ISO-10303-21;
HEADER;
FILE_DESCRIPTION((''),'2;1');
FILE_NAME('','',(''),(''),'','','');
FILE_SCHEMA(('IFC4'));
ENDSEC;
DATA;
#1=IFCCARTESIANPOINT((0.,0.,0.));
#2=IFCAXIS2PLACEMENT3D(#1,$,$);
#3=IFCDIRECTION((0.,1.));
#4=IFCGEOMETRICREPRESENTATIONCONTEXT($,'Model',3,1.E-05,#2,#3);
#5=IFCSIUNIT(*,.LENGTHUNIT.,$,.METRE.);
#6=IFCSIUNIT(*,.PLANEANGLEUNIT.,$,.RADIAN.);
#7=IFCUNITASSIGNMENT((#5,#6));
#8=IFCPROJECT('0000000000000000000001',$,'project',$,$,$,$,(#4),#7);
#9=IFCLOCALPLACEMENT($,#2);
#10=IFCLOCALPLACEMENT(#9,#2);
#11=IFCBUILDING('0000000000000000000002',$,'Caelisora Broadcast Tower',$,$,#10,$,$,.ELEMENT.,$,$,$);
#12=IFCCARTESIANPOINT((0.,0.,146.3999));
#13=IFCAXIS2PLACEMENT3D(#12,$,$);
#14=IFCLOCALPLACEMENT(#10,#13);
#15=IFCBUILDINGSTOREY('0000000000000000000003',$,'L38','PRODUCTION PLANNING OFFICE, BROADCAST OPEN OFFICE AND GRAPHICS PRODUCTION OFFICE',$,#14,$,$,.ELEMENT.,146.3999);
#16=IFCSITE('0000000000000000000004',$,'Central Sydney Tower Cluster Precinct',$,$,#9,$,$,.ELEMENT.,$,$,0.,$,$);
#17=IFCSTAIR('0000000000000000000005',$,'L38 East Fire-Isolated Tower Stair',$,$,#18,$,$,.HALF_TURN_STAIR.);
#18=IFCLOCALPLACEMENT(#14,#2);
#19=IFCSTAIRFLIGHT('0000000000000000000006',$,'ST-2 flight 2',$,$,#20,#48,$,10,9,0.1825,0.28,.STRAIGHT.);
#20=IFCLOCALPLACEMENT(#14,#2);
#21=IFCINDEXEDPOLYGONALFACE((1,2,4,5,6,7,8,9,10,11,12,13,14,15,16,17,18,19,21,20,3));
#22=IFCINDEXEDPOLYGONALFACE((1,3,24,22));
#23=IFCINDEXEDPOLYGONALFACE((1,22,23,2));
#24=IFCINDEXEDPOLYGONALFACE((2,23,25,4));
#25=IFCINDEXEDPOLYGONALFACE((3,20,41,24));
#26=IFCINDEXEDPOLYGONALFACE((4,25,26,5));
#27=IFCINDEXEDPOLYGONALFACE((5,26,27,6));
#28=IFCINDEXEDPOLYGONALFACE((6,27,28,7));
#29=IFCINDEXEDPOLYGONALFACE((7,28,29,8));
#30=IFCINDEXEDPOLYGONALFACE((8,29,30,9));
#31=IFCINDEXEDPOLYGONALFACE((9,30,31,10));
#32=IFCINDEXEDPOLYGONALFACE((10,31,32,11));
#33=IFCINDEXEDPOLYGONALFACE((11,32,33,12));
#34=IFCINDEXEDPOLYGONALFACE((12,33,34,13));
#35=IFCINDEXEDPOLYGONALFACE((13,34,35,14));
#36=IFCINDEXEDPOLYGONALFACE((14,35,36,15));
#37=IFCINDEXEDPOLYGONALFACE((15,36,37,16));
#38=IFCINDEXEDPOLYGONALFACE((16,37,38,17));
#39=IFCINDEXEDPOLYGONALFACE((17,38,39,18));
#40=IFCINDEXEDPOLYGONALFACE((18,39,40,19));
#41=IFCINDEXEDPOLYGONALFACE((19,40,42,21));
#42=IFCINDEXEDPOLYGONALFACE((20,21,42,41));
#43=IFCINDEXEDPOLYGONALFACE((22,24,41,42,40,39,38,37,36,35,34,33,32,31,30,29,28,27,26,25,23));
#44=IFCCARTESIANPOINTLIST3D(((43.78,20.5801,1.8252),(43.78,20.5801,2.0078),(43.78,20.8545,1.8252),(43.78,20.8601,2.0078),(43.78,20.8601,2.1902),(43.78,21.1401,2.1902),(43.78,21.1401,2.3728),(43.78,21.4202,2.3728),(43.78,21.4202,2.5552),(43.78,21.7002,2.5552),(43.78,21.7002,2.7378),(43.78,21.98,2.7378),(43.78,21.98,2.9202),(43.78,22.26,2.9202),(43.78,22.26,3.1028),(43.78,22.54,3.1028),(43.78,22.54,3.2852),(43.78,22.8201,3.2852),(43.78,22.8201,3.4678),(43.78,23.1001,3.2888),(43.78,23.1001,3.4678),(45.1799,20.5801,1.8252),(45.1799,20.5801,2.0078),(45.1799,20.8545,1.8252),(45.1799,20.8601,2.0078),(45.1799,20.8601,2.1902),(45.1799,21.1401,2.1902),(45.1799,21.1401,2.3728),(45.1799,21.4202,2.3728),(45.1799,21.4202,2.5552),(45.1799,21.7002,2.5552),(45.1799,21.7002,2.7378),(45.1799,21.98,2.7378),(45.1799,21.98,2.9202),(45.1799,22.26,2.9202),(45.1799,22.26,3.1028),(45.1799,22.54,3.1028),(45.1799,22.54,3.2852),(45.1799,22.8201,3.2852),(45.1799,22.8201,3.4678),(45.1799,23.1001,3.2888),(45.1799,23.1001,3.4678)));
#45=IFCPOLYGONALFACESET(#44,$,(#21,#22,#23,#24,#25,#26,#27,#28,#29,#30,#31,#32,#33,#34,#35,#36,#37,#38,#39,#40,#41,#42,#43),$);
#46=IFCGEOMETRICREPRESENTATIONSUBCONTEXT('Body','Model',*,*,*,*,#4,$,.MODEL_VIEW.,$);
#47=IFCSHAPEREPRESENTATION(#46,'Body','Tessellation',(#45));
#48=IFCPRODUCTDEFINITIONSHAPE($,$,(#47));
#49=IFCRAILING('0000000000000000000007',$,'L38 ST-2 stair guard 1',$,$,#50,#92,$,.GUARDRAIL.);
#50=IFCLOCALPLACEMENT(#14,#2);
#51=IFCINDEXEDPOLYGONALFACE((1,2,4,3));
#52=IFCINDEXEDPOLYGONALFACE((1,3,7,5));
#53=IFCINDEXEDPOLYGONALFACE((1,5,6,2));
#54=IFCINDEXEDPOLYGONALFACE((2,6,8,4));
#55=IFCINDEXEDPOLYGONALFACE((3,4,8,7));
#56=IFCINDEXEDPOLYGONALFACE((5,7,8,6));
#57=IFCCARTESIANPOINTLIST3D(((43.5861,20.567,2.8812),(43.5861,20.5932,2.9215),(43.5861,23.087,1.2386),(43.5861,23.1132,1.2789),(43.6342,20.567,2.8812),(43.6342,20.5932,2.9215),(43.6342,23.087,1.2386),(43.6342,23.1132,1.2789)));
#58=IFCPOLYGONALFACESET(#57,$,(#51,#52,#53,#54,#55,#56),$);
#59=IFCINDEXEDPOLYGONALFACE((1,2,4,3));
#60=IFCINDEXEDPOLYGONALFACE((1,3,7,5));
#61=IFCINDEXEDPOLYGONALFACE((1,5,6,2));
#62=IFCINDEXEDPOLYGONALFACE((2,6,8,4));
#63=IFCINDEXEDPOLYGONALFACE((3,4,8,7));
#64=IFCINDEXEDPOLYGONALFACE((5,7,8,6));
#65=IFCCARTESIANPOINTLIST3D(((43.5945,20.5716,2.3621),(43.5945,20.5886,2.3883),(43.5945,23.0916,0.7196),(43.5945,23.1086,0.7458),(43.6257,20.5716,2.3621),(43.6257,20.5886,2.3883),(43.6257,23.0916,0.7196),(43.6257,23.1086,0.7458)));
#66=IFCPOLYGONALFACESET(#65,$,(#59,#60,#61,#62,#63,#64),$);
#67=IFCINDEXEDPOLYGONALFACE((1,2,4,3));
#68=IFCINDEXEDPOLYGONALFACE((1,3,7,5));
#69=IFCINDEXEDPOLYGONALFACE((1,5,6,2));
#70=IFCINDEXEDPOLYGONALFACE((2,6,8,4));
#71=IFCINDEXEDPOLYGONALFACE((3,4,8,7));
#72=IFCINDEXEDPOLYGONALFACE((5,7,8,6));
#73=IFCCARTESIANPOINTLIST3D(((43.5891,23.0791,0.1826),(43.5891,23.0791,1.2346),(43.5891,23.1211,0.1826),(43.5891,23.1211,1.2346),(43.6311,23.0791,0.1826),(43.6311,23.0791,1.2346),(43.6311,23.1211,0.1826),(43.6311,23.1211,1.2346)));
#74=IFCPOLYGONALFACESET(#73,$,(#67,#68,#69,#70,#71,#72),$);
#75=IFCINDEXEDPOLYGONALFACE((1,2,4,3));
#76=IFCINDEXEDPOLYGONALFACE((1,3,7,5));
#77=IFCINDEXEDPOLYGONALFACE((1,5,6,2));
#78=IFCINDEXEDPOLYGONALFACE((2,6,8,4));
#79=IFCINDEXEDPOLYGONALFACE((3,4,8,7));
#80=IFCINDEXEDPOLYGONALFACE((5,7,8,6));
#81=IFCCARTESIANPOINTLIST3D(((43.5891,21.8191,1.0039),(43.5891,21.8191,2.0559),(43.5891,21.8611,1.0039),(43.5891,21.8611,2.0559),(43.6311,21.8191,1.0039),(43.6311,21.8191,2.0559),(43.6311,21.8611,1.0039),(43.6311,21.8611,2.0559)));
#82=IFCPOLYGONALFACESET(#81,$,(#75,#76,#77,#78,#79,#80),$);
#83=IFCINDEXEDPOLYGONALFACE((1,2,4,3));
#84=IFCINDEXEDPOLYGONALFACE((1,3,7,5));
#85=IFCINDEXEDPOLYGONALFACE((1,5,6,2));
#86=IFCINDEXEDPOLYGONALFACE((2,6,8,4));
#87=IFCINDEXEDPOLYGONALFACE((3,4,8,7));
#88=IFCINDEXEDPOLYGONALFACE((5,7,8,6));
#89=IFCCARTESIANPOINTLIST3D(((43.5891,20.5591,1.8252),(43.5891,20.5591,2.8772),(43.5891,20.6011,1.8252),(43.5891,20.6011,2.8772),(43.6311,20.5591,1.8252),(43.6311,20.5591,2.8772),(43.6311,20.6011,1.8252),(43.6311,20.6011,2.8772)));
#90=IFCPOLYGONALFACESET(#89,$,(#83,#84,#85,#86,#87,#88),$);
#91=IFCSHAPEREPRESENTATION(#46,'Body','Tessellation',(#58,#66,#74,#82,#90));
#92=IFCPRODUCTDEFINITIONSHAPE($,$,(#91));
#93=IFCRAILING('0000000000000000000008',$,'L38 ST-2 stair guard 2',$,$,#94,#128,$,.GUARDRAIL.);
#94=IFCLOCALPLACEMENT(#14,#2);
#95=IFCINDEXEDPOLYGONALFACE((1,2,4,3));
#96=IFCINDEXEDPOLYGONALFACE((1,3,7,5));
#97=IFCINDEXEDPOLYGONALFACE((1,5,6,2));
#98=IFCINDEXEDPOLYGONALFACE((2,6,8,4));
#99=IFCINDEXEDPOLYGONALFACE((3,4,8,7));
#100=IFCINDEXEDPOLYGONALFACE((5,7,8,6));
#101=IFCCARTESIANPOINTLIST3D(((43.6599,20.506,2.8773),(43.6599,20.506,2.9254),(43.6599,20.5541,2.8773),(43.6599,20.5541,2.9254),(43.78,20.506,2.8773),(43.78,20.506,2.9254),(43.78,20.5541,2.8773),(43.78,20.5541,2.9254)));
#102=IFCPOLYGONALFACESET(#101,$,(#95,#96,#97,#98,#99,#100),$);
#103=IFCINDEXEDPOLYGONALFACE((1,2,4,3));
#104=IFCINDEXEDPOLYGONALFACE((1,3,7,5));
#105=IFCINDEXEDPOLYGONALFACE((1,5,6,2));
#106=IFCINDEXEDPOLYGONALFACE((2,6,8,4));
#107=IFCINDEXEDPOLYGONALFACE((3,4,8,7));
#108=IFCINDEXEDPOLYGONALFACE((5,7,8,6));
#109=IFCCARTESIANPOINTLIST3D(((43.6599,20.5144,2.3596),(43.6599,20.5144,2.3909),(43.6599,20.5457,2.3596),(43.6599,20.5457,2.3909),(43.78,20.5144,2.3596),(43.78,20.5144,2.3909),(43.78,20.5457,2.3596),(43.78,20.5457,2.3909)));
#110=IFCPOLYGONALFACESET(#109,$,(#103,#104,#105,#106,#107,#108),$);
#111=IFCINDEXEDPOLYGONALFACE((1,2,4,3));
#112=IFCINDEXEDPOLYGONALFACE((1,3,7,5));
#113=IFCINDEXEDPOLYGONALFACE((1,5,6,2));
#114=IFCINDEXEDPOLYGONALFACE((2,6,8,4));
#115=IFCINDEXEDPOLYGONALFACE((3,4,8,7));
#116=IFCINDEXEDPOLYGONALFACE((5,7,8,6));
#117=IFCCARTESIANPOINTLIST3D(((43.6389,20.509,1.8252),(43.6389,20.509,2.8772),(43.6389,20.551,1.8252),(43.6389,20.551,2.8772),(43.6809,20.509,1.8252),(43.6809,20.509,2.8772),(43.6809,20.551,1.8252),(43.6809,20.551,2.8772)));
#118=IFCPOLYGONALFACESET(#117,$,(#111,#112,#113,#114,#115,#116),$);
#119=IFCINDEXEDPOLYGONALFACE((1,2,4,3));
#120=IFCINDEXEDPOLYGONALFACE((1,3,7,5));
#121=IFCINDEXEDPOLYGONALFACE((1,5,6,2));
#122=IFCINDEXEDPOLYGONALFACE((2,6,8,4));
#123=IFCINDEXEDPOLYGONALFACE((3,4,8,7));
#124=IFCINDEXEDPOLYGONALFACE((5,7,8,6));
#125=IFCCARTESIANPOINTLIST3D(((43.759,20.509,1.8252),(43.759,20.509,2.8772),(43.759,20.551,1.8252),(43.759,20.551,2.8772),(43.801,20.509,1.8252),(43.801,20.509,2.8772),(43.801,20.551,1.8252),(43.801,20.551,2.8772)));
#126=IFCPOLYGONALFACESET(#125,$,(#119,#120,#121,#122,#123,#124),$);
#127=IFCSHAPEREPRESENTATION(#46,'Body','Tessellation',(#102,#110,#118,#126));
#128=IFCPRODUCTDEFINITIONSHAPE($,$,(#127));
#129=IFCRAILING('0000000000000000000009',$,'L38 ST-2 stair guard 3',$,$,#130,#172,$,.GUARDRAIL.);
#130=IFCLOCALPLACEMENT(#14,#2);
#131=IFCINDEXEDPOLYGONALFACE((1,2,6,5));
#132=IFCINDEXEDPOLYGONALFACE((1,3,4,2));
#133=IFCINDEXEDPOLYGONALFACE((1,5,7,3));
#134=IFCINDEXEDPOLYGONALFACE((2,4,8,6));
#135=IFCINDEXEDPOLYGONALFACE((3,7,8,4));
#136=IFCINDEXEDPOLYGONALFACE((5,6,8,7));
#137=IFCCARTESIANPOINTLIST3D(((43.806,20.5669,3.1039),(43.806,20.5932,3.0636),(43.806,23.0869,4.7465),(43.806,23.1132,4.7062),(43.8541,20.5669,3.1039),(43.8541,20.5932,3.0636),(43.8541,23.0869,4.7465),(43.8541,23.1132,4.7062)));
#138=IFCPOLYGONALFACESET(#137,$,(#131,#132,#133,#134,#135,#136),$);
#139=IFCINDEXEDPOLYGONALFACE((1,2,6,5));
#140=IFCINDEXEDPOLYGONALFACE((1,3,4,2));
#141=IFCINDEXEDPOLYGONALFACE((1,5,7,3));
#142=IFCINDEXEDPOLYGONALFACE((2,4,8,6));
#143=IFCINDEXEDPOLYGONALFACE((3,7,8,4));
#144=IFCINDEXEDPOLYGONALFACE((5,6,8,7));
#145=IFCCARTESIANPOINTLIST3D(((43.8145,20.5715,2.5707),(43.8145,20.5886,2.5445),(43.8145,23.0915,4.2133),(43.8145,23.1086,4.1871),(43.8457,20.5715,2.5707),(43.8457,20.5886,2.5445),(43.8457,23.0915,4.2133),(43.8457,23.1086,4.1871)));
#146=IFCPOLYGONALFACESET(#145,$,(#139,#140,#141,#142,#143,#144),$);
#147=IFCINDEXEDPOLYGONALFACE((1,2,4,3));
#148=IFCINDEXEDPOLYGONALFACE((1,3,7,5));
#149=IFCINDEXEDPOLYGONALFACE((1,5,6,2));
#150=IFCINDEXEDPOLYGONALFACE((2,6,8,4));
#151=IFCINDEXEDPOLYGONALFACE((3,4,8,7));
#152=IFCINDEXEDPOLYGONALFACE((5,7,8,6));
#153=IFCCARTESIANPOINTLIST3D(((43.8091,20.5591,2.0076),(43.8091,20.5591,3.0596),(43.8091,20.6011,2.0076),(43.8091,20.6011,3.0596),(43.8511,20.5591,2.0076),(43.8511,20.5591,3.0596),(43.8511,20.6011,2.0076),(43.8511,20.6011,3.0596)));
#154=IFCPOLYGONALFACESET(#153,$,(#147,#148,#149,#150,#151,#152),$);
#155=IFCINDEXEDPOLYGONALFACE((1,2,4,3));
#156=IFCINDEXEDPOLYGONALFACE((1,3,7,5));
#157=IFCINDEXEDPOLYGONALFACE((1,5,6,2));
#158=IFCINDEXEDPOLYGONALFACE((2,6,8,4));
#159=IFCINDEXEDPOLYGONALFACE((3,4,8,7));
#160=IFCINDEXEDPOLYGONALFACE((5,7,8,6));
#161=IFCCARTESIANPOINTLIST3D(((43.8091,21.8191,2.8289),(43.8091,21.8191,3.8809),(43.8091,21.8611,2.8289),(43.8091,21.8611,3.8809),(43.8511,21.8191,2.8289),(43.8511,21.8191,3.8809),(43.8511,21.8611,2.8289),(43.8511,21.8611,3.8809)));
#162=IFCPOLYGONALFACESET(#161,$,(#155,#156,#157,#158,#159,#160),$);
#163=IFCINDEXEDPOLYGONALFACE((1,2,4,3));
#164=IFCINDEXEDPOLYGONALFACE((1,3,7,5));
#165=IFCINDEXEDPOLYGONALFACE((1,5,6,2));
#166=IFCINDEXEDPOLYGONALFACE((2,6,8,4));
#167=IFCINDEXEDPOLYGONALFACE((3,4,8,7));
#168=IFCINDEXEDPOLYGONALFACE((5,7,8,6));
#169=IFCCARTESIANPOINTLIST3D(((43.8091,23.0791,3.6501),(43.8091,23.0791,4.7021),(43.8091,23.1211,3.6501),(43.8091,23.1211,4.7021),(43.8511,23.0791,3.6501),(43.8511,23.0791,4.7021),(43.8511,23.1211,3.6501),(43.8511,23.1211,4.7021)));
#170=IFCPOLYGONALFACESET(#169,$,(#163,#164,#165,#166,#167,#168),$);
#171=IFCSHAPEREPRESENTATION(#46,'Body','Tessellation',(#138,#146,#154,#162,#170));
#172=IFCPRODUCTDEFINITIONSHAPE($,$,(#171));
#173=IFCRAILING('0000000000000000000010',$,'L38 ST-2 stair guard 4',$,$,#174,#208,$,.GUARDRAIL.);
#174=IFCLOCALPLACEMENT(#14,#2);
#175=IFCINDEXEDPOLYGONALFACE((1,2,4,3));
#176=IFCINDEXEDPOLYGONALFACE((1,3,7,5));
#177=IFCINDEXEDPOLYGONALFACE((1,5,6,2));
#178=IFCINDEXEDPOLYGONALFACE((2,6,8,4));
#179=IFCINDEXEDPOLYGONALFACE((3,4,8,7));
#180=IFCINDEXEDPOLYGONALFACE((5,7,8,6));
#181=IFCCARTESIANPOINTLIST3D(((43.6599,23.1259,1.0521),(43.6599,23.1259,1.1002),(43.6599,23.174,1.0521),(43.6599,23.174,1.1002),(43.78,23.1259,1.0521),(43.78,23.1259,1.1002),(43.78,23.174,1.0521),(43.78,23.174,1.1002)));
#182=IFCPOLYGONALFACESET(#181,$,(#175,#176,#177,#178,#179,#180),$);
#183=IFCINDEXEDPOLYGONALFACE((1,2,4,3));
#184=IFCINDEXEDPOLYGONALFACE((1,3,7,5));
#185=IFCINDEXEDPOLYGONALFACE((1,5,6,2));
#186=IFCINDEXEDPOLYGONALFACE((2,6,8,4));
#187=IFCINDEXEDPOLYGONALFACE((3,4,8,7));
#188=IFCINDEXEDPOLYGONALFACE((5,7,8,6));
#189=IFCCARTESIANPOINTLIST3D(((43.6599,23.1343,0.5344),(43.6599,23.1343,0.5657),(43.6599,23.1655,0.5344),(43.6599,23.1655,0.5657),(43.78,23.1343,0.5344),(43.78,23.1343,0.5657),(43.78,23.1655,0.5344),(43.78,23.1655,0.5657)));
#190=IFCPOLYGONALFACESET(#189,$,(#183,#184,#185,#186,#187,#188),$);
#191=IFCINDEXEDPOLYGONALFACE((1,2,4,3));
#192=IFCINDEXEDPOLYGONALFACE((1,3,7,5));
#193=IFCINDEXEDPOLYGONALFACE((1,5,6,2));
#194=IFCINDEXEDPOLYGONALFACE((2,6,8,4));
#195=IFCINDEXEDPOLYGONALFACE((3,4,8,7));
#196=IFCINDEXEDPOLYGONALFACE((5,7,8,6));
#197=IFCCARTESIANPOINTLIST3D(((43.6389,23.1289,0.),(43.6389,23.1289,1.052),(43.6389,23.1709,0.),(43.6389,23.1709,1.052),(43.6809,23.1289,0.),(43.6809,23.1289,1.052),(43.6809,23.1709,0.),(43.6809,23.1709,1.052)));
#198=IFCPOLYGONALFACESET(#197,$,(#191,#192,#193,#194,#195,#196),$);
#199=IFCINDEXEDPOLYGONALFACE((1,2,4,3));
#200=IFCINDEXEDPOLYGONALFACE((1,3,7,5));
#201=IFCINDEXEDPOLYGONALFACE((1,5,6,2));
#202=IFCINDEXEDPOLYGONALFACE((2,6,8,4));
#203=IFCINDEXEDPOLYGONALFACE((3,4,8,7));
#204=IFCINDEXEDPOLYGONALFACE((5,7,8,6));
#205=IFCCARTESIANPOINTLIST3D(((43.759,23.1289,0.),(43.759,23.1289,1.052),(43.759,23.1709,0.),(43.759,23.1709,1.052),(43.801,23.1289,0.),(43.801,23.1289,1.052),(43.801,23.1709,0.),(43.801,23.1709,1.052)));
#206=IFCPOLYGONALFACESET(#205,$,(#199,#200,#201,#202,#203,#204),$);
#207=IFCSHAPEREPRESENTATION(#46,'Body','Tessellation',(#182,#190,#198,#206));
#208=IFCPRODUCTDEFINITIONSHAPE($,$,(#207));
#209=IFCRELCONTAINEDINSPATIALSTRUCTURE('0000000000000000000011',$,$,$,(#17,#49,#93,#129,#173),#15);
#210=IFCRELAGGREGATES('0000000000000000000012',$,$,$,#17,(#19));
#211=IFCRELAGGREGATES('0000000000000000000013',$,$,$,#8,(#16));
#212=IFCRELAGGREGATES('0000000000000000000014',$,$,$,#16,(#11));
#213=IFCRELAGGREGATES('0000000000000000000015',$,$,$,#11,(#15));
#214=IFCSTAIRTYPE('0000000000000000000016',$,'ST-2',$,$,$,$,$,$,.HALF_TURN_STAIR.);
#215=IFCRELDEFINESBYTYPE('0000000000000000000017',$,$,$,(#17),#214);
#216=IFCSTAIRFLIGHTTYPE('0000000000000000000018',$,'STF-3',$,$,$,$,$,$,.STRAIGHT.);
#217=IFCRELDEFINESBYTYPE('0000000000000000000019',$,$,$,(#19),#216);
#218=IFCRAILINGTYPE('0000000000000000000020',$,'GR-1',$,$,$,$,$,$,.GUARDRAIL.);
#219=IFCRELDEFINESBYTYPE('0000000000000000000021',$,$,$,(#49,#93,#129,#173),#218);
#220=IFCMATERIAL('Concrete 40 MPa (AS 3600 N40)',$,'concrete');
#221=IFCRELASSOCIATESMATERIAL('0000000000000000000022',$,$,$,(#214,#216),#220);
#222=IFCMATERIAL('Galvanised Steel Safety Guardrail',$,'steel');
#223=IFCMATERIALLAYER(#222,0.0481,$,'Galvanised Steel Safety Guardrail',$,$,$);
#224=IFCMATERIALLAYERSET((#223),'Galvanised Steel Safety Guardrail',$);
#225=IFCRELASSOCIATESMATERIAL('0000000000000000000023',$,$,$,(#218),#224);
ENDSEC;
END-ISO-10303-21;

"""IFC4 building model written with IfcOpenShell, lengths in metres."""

from ifc_helpers import new_model, si_unit, direction, frame, origin, origin_2d, place, context, subcontext, project, spatial, polyline, rectangle, outline, extrude, material, layer, layer_set, type_object, element, aggregate, save


model = new_model("IFC4")

# Units and contexts
model_context = context("Model", 3, precision=1e-05, world=origin(), true_north=direction((0.0, 1.0)))
body_context = subcontext(model_context, "Body", "Model", "MODEL_VIEW")
ifc_project = project(units=[si_unit("LENGTHUNIT", "METRE"), si_unit("PLANEANGLEUNIT", "RADIAN")], contexts=[model_context])

# Site, building, storey
site_placement = place(None, origin())
site = spatial("IfcSite", under=ifc_project, at=site_placement, Name="Central Sydney Tower Cluster Precinct", CompositionType="ELEMENT", RefElevation=0.0)
building_placement = place(site_placement, origin())
building = spatial("IfcBuilding", under=site, at=building_placement, Name="Caelisora Broadcast Tower", CompositionType="ELEMENT")
storey_placement = place(building_placement, frame((0.0, 0.0, 146.3999)))
storey = spatial("IfcBuildingStorey", under=building, at=storey_placement, Name="L38", Description="PRODUCTION PLANNING OFFICE, BROADCAST OPEN OFFICE AND GRAPHICS PRODUCTION OFFICE", CompositionType="ELEMENT", Elevation=146.3999)

# Stair, stair flight
ifc_material_1 = material(Name="Concrete 40 MPa (AS 3600 N40)", Category="concrete")
stair_type = type_object("IfcStairType", Name="ST-2", PredefinedType="HALF_TURN_STAIR", material=ifc_material_1)
stair_placement = place(storey_placement, origin())
stair = element("IfcStair", 1, at=stair_placement, inside=storey, type_object=stair_type, Name="L38 East Fire-Isolated Tower Stair", PredefinedType="HALF_TURN_STAIR")
stair_flight_type = type_object("IfcStairFlightType", Name="STF-3", PredefinedType="STRAIGHT", material=ifc_material_1)
stair_flight_1_placement = place(storey_placement, frame((44.48, 20.5801, 1.8252), z_axis=(0.0, 0.0, 1.0), x_axis=(0.0, 1.0, 0.0)))
stair_flight_1 = element("IfcStairFlight", 2, at=stair_flight_1_placement, type_object=stair_flight_type, Name="ST-2 flight 2", NumberOfRisers=10, NumberOfTreads=9, PredefinedType="STRAIGHT", RiserHeight=0.1825, TreadLength=0.28, context=body_context, shape_type="SweptSolid", body=[
    extrude(outline(polyline([(0.0, 0.0), (0.0, 0.1826), (0.28, 0.1826), (0.28, 0.365), (0.5601, 0.365), (0.5601, 0.5476), (0.8401, 0.5476), (0.8401, 0.73), (1.1201, 0.73), (1.1201, 0.9126), (1.3999, 0.9126), (1.3999, 1.095), (1.6799, 1.095), (1.6799, 1.2776), (1.96, 1.2776), (1.96, 1.46), (2.24, 1.46), (2.24, 1.6426), (2.52, 1.6426), (2.52, 1.825), (2.52, 1.4636), (0.2744, 0.0), (0.0, 0.0)])), frame((0.0, 0.7, 0.0), z_axis=(0.0, -1.0, 0.0), x_axis=(1.0, 0.0, 0.0)), (0.0, 0.0, 1.0), 1.3999),
])
aggregate(stair, [stair_flight_1])

# Railings
ifc_material_2 = material(Name="Galvanised Steel Safety Guardrail", Category="steel")
ifc_layer_1 = layer(ifc_material_2, 0.0481, Name="Galvanised Steel Safety Guardrail")
ifc_layer_set_1 = layer_set([ifc_layer_1], Name="Galvanised Steel Safety Guardrail")
railing_type_1 = type_object("IfcRailingType", Name="GR-1", PredefinedType="GUARDRAIL", material=ifc_layer_set_1)
railing_1_placement = place(storey_placement, frame((43.6101, 23.1001, 0.1826)))
element("IfcRailing", 3, at=railing_1_placement, inside=storey, type_object=railing_type_1, Name="L38 ST-2 stair guard 1", PredefinedType="GUARDRAIL", context=body_context, shape_type="SweptSolid", body=[
    extrude(rectangle(XDim=0.0481, YDim=0.0481, at=origin_2d()), frame((0.0, 0.0, 1.0762), z_axis=(0.0, -0.837749, 0.546055), x_axis=(1.0, 0.0, 0.0)), (0.0, 0.0, 1.0), 3.0081),
    extrude(rectangle(XDim=0.0312, YDim=0.0312, at=origin_2d()), frame((0.0, 0.0, 0.55), z_axis=(0.0, -0.837749, 0.546055), x_axis=(1.0, 0.0, 0.0)), (0.0, 0.0, 1.0), 3.0081),
    extrude(rectangle(XDim=0.042, YDim=0.042, at=origin_2d()), origin(), (0.0, 0.0, 1.0), 1.052),
    extrude(rectangle(XDim=0.042, YDim=0.042, at=origin_2d()), frame((0.0, -1.26, 0.8213)), (0.0, 0.0, 1.0), 1.052),
    extrude(rectangle(XDim=0.042, YDim=0.042, at=origin_2d()), frame((0.0, -2.52, 1.6426)), (0.0, 0.0, 1.0), 1.052),
])
railing_2_placement = place(storey_placement, frame((43.6599, 20.53, 1.8252)))
element("IfcRailing", 4, at=railing_2_placement, inside=storey, type_object=railing_type_1, Name="L38 ST-2 stair guard 2", PredefinedType="GUARDRAIL", context=body_context, shape_type="SweptSolid", body=[
    extrude(rectangle(XDim=0.0481, YDim=0.0481, at=origin_2d()), frame((0.0, 0.0, 1.0762), z_axis=(1.0, 0.0, 0.0), x_axis=(0.0, 1.0, 0.0)), (0.0, 0.0, 1.0), 0.1201),
    extrude(rectangle(XDim=0.0312, YDim=0.0312, at=origin_2d()), frame((0.0, 0.0, 0.55), z_axis=(1.0, 0.0, 0.0), x_axis=(0.0, 1.0, 0.0)), (0.0, 0.0, 1.0), 0.1201),
    extrude(rectangle(XDim=0.042, YDim=0.042, at=origin_2d()), origin(), (0.0, 0.0, 1.0), 1.052),
    extrude(rectangle(XDim=0.042, YDim=0.042, at=origin_2d()), frame((0.1201, 0.0, 0.0)), (0.0, 0.0, 1.0), 1.052),
])
railing_3_placement = place(storey_placement, frame((43.8301, 20.5801, 2.0076)))
element("IfcRailing", 5, at=railing_3_placement, inside=storey, type_object=railing_type_1, Name="L38 ST-2 stair guard 3", PredefinedType="GUARDRAIL", context=body_context, shape_type="SweptSolid", body=[
    extrude(rectangle(XDim=0.0481, YDim=0.0481, at=origin_2d()), frame((0.0, 0.0, 1.0762), z_axis=(0.0, 0.837749, 0.546055), x_axis=(-1.0, 0.0, 0.0)), (0.0, 0.0, 1.0), 3.0081),
    extrude(rectangle(XDim=0.0312, YDim=0.0312, at=origin_2d()), frame((0.0, 0.0, 0.55), z_axis=(0.0, 0.837749, 0.546055), x_axis=(-1.0, 0.0, 0.0)), (0.0, 0.0, 1.0), 3.0081),
    extrude(rectangle(XDim=0.042, YDim=0.042, at=origin_2d()), origin(), (0.0, 0.0, 1.0), 1.052),
    extrude(rectangle(XDim=0.042, YDim=0.042, at=origin_2d()), frame((0.0, 1.26, 0.8213)), (0.0, 0.0, 1.0), 1.052),
    extrude(rectangle(XDim=0.042, YDim=0.042, at=origin_2d()), frame((0.0, 2.52, 1.6426)), (0.0, 0.0, 1.0), 1.052),
])
railing_4_placement = place(storey_placement, frame((43.6599, 23.1499, 0.0)))
element("IfcRailing", 6, at=railing_4_placement, inside=storey, type_object=railing_type_1, Name="L38 ST-2 stair guard 4", PredefinedType="GUARDRAIL", context=body_context, shape_type="SweptSolid", body=[
    extrude(rectangle(XDim=0.0481, YDim=0.0481, at=origin_2d()), frame((0.0, 0.0, 1.0762), z_axis=(1.0, 0.0, 0.0), x_axis=(0.0, 1.0, 0.0)), (0.0, 0.0, 1.0), 0.1201),
    extrude(rectangle(XDim=0.0312, YDim=0.0312, at=origin_2d()), frame((0.0, 0.0, 0.55), z_axis=(1.0, 0.0, 0.0), x_axis=(0.0, 1.0, 0.0)), (0.0, 0.0, 1.0), 0.1201),
    extrude(rectangle(XDim=0.042, YDim=0.042, at=origin_2d()), origin(), (0.0, 0.0, 1.0), 1.052),
    extrude(rectangle(XDim=0.042, YDim=0.042, at=origin_2d()), frame((0.1201, 0.0, 0.0)), (0.0, 0.0, 1.0), 1.052),
])

save(model, "model.ifc")
